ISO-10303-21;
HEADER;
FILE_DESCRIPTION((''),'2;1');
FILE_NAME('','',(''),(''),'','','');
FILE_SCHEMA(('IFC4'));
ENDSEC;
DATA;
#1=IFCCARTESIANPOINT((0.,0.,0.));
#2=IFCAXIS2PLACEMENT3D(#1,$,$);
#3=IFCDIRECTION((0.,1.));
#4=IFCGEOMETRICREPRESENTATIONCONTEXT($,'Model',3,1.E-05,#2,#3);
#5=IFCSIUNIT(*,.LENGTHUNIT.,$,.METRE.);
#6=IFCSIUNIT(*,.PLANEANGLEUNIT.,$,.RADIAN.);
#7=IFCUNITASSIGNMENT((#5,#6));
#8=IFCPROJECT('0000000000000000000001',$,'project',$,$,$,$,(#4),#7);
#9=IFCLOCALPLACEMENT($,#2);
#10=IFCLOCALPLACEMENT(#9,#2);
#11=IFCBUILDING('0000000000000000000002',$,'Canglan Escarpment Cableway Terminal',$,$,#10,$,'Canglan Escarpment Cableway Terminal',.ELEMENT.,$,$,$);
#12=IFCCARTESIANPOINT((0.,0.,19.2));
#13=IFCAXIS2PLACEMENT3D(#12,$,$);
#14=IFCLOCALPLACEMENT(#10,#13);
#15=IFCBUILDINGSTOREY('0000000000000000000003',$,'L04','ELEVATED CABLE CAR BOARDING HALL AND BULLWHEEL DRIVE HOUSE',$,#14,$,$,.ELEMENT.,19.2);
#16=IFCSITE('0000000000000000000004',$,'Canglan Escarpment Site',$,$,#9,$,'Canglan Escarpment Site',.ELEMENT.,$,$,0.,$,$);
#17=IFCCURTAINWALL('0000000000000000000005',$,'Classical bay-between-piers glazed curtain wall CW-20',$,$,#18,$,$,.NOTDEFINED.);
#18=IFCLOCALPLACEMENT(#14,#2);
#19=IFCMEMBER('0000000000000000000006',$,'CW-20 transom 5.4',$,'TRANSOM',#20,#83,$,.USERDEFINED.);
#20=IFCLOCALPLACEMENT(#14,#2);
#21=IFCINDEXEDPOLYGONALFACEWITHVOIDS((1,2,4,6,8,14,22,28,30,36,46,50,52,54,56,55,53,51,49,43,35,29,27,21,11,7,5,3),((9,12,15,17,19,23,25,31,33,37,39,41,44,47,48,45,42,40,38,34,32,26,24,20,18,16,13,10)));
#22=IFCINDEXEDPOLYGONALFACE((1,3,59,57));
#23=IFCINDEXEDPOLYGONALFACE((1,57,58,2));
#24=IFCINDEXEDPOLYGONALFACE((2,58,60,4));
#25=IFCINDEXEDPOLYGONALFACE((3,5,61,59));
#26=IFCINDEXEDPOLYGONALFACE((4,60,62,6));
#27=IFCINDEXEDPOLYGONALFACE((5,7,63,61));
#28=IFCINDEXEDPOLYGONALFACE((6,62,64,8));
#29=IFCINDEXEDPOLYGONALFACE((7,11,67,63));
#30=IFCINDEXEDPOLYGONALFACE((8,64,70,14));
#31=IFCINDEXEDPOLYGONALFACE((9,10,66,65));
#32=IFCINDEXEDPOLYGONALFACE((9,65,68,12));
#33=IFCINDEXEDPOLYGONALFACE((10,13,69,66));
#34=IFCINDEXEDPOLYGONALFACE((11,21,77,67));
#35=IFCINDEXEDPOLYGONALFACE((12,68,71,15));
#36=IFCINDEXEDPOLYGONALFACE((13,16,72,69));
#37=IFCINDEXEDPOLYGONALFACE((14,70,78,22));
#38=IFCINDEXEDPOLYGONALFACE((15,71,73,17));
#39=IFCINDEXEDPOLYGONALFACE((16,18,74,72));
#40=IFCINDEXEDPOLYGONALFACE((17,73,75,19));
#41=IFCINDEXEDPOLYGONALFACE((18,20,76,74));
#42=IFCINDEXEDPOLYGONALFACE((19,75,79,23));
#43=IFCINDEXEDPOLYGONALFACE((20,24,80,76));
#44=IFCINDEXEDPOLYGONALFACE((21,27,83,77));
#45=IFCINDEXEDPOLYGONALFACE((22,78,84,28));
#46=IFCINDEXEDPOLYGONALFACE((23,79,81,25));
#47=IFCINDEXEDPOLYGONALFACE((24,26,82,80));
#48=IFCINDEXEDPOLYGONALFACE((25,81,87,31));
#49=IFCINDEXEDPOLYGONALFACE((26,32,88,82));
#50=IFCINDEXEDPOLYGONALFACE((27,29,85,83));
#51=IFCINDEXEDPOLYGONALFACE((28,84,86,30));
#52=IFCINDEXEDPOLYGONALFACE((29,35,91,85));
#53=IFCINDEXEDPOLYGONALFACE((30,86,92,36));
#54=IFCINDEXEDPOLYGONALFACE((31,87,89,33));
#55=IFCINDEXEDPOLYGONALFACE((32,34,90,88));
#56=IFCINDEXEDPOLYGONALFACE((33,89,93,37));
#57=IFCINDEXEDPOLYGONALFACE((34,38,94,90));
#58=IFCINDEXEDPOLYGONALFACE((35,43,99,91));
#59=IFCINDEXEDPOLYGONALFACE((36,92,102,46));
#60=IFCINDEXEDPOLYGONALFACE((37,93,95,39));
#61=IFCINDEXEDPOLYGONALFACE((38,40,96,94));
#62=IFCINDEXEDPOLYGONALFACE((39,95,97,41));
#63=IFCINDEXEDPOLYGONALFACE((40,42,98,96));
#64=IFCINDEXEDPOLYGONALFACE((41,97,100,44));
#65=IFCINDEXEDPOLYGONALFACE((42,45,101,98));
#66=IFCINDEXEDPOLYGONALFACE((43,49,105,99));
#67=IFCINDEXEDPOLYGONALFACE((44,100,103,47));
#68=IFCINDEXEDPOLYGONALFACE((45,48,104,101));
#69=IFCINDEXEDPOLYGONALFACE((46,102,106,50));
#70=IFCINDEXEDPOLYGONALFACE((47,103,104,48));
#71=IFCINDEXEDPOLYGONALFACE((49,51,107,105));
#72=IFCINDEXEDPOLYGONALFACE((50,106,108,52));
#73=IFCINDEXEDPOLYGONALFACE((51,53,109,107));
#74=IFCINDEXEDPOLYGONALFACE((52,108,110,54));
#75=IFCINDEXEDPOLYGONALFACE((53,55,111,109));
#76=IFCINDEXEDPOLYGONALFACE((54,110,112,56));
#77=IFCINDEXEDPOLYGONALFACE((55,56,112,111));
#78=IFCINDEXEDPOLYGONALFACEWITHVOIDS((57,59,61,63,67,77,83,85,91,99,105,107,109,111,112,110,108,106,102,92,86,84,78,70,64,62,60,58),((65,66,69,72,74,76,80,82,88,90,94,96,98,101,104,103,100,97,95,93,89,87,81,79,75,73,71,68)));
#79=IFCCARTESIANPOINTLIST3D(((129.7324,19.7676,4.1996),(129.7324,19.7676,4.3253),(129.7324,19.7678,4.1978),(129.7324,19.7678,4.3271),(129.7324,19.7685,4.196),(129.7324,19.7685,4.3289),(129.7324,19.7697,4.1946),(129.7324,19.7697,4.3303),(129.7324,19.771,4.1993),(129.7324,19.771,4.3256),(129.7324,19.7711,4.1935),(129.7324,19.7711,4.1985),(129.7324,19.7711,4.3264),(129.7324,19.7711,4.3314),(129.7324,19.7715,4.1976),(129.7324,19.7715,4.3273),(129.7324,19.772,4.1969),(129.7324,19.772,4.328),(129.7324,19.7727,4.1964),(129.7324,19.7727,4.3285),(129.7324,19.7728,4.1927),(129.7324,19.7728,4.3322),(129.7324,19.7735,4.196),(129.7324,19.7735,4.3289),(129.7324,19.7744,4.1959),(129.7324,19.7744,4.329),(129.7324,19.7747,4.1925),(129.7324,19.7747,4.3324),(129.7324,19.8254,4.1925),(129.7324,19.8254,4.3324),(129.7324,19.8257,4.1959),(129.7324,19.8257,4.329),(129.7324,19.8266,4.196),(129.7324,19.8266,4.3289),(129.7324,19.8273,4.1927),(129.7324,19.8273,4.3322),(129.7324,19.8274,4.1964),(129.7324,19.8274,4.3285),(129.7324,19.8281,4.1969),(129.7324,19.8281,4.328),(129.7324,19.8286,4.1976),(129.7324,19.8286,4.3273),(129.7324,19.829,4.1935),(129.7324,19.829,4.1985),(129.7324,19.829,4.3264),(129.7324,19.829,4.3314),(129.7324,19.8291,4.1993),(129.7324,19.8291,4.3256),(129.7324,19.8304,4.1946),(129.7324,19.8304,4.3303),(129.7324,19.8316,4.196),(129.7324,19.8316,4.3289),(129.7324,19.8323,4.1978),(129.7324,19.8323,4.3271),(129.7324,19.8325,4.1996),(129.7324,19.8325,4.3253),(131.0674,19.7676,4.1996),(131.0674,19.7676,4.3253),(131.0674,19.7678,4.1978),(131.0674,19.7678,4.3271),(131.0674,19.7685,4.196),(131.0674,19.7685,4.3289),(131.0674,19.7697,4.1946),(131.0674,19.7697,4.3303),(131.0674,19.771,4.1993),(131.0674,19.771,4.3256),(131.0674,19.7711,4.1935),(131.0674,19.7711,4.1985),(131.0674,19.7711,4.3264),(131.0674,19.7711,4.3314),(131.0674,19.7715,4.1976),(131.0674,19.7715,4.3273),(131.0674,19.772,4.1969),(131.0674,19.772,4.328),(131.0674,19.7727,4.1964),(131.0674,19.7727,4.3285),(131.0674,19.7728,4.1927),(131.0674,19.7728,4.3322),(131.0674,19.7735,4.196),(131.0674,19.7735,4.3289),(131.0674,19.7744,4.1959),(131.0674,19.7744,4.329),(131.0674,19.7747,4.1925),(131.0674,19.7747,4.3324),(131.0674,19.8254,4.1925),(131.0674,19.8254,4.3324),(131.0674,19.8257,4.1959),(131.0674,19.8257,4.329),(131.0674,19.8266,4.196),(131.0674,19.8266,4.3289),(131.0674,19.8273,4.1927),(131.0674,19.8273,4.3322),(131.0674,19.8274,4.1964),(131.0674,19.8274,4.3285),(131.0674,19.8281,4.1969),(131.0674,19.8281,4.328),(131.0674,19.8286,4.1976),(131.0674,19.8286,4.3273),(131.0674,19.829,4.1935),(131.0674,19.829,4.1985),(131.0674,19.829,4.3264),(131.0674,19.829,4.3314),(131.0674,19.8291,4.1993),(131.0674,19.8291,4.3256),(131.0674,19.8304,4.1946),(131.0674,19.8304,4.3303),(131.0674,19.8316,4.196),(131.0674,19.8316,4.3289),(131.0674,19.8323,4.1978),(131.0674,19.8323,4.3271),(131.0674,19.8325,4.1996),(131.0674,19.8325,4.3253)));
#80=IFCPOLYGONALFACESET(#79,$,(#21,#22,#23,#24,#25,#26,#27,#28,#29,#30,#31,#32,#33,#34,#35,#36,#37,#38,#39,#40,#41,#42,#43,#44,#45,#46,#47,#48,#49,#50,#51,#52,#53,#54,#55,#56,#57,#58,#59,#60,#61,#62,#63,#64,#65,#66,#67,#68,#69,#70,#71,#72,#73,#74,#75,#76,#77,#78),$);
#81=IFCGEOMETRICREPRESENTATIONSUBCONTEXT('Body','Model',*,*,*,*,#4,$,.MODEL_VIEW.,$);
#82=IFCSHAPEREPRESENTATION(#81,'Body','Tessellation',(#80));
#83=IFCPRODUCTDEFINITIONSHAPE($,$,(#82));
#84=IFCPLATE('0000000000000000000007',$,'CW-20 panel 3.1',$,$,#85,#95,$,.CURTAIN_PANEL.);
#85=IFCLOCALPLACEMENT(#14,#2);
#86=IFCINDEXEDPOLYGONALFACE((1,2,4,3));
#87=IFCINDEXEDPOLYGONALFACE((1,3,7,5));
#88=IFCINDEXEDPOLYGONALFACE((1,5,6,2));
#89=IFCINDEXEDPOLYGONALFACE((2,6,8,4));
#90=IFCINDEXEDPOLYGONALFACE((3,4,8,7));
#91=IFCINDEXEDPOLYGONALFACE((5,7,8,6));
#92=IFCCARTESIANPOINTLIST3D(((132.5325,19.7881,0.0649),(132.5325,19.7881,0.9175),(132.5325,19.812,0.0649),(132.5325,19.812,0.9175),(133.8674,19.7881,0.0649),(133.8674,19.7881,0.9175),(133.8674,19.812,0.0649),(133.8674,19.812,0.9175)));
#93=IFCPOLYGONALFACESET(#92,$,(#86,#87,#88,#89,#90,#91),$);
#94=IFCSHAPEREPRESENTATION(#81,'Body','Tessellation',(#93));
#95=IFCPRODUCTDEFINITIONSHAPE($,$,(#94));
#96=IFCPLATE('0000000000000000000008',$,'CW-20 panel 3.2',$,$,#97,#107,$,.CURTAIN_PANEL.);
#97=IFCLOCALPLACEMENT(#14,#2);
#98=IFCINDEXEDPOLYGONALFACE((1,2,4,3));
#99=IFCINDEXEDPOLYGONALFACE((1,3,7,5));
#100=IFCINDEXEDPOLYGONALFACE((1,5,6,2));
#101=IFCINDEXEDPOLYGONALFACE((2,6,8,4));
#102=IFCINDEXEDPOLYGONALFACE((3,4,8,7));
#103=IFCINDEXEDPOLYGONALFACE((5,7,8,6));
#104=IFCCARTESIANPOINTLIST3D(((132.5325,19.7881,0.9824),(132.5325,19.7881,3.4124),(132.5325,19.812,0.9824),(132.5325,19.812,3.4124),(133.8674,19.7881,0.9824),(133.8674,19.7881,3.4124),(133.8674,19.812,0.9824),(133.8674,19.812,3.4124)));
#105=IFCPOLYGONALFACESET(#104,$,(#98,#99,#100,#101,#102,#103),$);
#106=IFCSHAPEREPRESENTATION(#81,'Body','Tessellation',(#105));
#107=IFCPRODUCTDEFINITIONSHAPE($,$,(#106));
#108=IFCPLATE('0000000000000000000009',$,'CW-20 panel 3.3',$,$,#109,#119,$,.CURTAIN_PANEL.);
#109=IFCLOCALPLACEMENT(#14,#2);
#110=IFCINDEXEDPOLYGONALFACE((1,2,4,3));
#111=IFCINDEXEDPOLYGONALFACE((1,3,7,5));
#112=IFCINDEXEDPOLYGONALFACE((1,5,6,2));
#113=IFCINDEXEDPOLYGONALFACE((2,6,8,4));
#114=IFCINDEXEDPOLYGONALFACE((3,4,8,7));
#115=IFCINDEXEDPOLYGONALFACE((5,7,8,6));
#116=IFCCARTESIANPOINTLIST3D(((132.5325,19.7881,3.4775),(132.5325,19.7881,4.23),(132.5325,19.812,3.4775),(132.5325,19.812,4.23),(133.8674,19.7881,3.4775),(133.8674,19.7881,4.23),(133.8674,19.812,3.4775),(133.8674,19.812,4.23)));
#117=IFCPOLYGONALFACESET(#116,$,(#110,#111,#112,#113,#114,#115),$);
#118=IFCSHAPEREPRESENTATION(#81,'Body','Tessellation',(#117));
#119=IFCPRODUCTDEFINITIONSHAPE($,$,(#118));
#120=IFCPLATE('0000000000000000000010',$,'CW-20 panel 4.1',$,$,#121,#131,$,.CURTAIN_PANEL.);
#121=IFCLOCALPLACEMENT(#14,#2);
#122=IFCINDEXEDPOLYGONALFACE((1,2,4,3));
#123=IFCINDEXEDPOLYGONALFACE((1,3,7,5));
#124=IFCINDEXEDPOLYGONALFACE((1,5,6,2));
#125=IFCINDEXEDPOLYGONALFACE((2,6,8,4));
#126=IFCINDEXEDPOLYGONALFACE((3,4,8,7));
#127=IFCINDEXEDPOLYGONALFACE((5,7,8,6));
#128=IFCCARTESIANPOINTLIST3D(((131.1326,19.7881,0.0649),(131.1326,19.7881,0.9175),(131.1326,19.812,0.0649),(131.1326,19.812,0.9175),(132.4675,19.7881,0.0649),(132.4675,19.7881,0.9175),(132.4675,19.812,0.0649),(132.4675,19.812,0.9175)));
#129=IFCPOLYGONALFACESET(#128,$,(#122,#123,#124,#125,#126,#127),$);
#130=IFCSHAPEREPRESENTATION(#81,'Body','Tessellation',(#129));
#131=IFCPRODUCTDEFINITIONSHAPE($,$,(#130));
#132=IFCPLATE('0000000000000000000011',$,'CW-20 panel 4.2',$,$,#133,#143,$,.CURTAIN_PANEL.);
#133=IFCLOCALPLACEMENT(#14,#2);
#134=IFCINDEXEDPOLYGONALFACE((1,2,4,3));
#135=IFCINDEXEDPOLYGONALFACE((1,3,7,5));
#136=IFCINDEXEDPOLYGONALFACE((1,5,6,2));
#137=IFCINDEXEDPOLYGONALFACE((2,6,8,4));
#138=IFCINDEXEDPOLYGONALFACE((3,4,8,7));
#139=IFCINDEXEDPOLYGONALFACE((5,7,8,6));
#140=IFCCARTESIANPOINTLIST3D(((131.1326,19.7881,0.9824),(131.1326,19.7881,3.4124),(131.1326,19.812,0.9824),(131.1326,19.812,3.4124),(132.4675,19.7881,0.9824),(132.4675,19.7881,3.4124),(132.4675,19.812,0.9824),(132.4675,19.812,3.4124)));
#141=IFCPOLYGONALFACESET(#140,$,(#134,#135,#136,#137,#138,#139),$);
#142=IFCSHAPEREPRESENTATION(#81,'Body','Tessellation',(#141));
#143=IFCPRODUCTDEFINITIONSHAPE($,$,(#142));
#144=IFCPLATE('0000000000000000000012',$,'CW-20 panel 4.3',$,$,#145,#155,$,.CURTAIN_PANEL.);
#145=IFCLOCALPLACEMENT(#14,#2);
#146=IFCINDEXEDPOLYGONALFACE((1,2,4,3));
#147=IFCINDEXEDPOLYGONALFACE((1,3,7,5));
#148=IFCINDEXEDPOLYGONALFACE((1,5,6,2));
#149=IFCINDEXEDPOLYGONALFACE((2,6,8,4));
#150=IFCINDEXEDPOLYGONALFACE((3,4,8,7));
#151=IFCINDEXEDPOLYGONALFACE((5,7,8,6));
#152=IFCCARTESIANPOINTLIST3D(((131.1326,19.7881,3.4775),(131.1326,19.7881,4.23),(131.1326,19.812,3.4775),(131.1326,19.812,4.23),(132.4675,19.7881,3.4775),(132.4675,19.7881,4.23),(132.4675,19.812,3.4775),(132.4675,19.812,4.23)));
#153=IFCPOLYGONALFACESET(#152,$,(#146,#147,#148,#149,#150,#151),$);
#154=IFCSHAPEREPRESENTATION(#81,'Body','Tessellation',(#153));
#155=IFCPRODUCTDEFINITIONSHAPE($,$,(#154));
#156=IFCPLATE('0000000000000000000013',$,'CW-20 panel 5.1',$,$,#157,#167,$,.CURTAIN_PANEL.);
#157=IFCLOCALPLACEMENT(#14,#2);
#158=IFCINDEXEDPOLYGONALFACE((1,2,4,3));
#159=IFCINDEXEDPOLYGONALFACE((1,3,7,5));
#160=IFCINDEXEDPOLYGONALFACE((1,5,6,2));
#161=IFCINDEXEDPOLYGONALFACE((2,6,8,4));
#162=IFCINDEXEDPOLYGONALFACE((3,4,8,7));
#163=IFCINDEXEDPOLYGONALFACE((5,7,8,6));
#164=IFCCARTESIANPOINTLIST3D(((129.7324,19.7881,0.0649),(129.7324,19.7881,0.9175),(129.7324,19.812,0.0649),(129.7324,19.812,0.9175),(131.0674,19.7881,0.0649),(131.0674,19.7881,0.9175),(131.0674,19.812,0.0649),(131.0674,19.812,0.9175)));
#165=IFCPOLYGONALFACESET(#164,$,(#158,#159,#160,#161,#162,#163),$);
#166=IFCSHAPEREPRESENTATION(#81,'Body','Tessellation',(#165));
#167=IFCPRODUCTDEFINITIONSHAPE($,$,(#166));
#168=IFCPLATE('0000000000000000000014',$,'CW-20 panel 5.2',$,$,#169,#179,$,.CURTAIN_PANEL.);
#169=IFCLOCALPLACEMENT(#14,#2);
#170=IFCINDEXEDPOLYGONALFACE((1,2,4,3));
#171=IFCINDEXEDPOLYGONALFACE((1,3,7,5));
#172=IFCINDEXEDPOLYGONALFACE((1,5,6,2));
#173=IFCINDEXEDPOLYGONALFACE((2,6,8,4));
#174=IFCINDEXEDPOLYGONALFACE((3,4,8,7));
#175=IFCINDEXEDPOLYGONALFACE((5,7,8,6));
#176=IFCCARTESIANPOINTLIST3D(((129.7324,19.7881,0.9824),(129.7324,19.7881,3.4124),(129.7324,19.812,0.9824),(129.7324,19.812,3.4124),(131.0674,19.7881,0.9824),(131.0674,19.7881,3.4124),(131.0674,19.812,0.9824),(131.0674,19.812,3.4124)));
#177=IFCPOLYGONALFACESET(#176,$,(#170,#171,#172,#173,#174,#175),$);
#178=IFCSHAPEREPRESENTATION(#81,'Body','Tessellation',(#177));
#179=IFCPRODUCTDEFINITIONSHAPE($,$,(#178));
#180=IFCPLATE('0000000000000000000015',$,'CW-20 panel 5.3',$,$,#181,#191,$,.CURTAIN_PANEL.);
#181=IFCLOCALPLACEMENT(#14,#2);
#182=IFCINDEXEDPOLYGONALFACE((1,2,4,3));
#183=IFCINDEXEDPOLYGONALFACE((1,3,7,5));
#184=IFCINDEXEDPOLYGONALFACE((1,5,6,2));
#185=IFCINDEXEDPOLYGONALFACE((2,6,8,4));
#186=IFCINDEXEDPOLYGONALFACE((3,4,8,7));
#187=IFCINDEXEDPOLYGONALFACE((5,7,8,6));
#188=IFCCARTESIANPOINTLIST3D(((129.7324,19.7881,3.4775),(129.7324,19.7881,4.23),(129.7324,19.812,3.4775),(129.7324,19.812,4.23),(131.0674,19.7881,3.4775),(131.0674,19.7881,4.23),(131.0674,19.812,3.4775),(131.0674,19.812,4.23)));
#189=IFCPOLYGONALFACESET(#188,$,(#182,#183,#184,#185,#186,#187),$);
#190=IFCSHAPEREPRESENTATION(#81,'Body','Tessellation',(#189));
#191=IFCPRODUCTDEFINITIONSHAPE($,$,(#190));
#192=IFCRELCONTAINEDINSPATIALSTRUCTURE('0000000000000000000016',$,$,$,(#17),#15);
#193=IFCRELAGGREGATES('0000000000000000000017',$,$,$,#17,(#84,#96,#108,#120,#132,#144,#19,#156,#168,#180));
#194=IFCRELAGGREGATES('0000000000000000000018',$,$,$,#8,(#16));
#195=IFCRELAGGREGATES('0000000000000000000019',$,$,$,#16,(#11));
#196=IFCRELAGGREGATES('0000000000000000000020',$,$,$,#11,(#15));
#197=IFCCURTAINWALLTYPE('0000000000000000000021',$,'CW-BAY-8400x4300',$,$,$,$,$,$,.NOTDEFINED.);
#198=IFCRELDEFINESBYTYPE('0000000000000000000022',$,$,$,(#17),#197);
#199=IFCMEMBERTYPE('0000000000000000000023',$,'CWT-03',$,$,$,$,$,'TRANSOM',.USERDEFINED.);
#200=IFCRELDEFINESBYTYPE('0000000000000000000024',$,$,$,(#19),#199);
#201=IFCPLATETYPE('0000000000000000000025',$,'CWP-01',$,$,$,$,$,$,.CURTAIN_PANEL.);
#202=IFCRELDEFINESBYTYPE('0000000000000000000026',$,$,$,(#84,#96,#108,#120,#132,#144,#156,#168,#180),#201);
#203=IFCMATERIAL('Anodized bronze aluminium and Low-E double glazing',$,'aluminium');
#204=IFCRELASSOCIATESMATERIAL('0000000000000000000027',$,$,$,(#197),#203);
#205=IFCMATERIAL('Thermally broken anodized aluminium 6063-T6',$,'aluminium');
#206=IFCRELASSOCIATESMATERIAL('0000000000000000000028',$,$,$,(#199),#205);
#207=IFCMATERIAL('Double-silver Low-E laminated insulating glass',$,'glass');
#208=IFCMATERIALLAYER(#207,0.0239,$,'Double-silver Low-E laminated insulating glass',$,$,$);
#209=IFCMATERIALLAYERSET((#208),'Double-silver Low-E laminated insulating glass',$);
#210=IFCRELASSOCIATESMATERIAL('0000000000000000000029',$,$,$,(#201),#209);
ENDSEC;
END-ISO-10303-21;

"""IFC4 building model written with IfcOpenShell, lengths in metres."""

from ifc_helpers import new_model, si_unit, direction, frame, origin, origin_2d, place, context, subcontext, project, spatial, rectangle, hollow_rectangle, extrude, material, layer, layer_set, material_profile, profile_set, type_object, element, aggregate, save


model = new_model("IFC4")

# Units and contexts
model_context = context("Model", 3, precision=1e-05, world=origin(), true_north=direction((0.0, 1.0)))
body_context = subcontext(model_context, "Body", "Model", "MODEL_VIEW")
ifc_project = project(units=[si_unit("LENGTHUNIT", "METRE"), si_unit("PLANEANGLEUNIT", "RADIAN")], contexts=[model_context])

# Site, building, storey
site_placement = place(None, origin())
site = spatial("IfcSite", under=ifc_project, at=site_placement, Name="Canglan Escarpment Site", LongName="Canglan Escarpment Site", CompositionType="ELEMENT", RefElevation=0.0)
building_placement = place(site_placement, origin())
building = spatial("IfcBuilding", under=site, at=building_placement, Name="Canglan Escarpment Cableway Terminal", LongName="Canglan Escarpment Cableway Terminal", CompositionType="ELEMENT")
storey_placement = place(building_placement, frame((0.0, 0.0, 19.2)))
storey = spatial("IfcBuildingStorey", under=building, at=storey_placement, Name="L04", Description="ELEVATED CABLE CAR BOARDING HALL AND BULLWHEEL DRIVE HOUSE", CompositionType="ELEMENT", Elevation=19.2)

# Curtain wall, member, plates
ifc_material_1 = material(Name="Anodized bronze aluminium and Low-E double glazing", Category="aluminium")
curtain_wall_type = type_object("IfcCurtainWallType", Name="CW-BAY-8400x4300", PredefinedType="NOTDEFINED", material=ifc_material_1)
curtain_wall_placement = place(storey_placement, origin())
curtain_wall = element("IfcCurtainWall", 1, at=curtain_wall_placement, inside=storey, type_object=curtain_wall_type, Name="Classical bay-between-piers glazed curtain wall CW-20", PredefinedType="NOTDEFINED")
ifc_material_2 = material(Name="Thermally broken anodized aluminium 6063-T6", Category="aluminium")
ifc_material_profile_1 = material_profile(ifc_material_2, hollow_rectangle(XDim=0.0649, YDim=0.1399, WallThickness=0.0034, InnerFilletRadius=0.0034, OuterFilletRadius=0.0071, at=origin_2d()), Name="ALU-TRAN 65x140x3.5")
ifc_profile_set_1 = profile_set([ifc_material_profile_1], Name="Thermally broken anodized aluminium 6063-T6")
member_type_1 = type_object("IfcMemberType", Name="CWT-03", ElementType="TRANSOM", PredefinedType="USERDEFINED", material=ifc_profile_set_1)
member_1_placement = place(storey_placement, frame((131.0674, 19.8, 4.2625), z_axis=(-1.0, 0.0, 0.0), x_axis=(0.0, -1.0, 0.0)))
member_1 = element("IfcMember", 2, at=member_1_placement, type_object=member_type_1, Name="CW-20 transom 5.4", ObjectType="TRANSOM", PredefinedType="USERDEFINED", context=body_context, shape_type="SweptSolid", body=[
    extrude(hollow_rectangle(XDim=0.0649, YDim=0.1399, WallThickness=0.0034, InnerFilletRadius=0.0034, OuterFilletRadius=0.0071, at=origin_2d()), origin(), (0.0, 0.0, 1.0), 1.335),
])
ifc_material_3 = material(Name="Double-silver Low-E laminated insulating glass", Category="glass")
ifc_layer_1 = layer(ifc_material_3, 0.0239, Name="Double-silver Low-E laminated insulating glass")
ifc_layer_set_1 = layer_set([ifc_layer_1], Name="Double-silver Low-E laminated insulating glass")
plate_type = type_object("IfcPlateType", Name="CWP-01", PredefinedType="CURTAIN_PANEL", material=ifc_layer_set_1)
plate_1_placement = place(storey_placement, frame((133.2, 19.8, 0.0649), z_axis=(0.0, 0.0, 1.0), x_axis=(-1.0, 0.0, 0.0)))
plate_1 = element("IfcPlate", 3, at=plate_1_placement, type_object=plate_type, Name="CW-20 panel 3.1", PredefinedType="CURTAIN_PANEL", context=body_context, shape_type="SweptSolid", body=[
    extrude(rectangle(XDim=1.335, YDim=0.0239, at=origin_2d()), origin(), (0.0, 0.0, 1.0), 0.8525),
])
plate_2_placement = place(storey_placement, frame((133.2, 19.8, 0.9824), z_axis=(0.0, 0.0, 1.0), x_axis=(-1.0, 0.0, 0.0)))
plate_2 = element("IfcPlate", 4, at=plate_2_placement, type_object=plate_type, Name="CW-20 panel 3.2", PredefinedType="CURTAIN_PANEL", context=body_context, shape_type="SweptSolid", body=[
    extrude(rectangle(XDim=1.335, YDim=0.0239, at=origin_2d()), origin(), (0.0, 0.0, 1.0), 2.4299),
])
plate_3_placement = place(storey_placement, frame((133.2, 19.8, 3.4775), z_axis=(0.0, 0.0, 1.0), x_axis=(-1.0, 0.0, 0.0)))
plate_3 = element("IfcPlate", 5, at=plate_3_placement, type_object=plate_type, Name="CW-20 panel 3.3", PredefinedType="CURTAIN_PANEL", context=body_context, shape_type="SweptSolid", body=[
    extrude(rectangle(XDim=1.335, YDim=0.0239, at=origin_2d()), origin(), (0.0, 0.0, 1.0), 0.7524),
])
plate_4_placement = place(storey_placement, frame((131.8, 19.8, 0.0649), z_axis=(0.0, 0.0, 1.0), x_axis=(-1.0, 0.0, 0.0)))
plate_4 = element("IfcPlate", 6, at=plate_4_placement, type_object=plate_type, Name="CW-20 panel 4.1", PredefinedType="CURTAIN_PANEL", context=body_context, shape_type="SweptSolid", body=[
    extrude(rectangle(XDim=1.335, YDim=0.0239, at=origin_2d()), origin(), (0.0, 0.0, 1.0), 0.8525),
])
plate_5_placement = place(storey_placement, frame((131.8, 19.8, 0.9824), z_axis=(0.0, 0.0, 1.0), x_axis=(-1.0, 0.0, 0.0)))
plate_5 = element("IfcPlate", 7, at=plate_5_placement, type_object=plate_type, Name="CW-20 panel 4.2", PredefinedType="CURTAIN_PANEL", context=body_context, shape_type="SweptSolid", body=[
    extrude(rectangle(XDim=1.335, YDim=0.0239, at=origin_2d()), origin(), (0.0, 0.0, 1.0), 2.4299),
])
plate_6_placement = place(storey_placement, frame((131.8, 19.8, 3.4775), z_axis=(0.0, 0.0, 1.0), x_axis=(-1.0, 0.0, 0.0)))
plate_6 = element("IfcPlate", 8, at=plate_6_placement, type_object=plate_type, Name="CW-20 panel 4.3", PredefinedType="CURTAIN_PANEL", context=body_context, shape_type="SweptSolid", body=[
    extrude(rectangle(XDim=1.335, YDim=0.0239, at=origin_2d()), origin(), (0.0, 0.0, 1.0), 0.7524),
])
plate_7_placement = place(storey_placement, frame((130.3999, 19.8, 0.0649), z_axis=(0.0, 0.0, 1.0), x_axis=(-1.0, 0.0, 0.0)))
plate_7 = element("IfcPlate", 9, at=plate_7_placement, type_object=plate_type, Name="CW-20 panel 5.1", PredefinedType="CURTAIN_PANEL", context=body_context, shape_type="SweptSolid", body=[
    extrude(rectangle(XDim=1.335, YDim=0.0239, at=origin_2d()), origin(), (0.0, 0.0, 1.0), 0.8525),
])
plate_8_placement = place(storey_placement, frame((130.3999, 19.8, 0.9824), z_axis=(0.0, 0.0, 1.0), x_axis=(-1.0, 0.0, 0.0)))
plate_8 = element("IfcPlate", 10, at=plate_8_placement, type_object=plate_type, Name="CW-20 panel 5.2", PredefinedType="CURTAIN_PANEL", context=body_context, shape_type="SweptSolid", body=[
    extrude(rectangle(XDim=1.335, YDim=0.0239, at=origin_2d()), origin(), (0.0, 0.0, 1.0), 2.4299),
])
plate_9_placement = place(storey_placement, frame((130.3999, 19.8, 3.4775), z_axis=(0.0, 0.0, 1.0), x_axis=(-1.0, 0.0, 0.0)))
plate_9 = element("IfcPlate", 11, at=plate_9_placement, type_object=plate_type, Name="CW-20 panel 5.3", PredefinedType="CURTAIN_PANEL", context=body_context, shape_type="SweptSolid", body=[
    extrude(rectangle(XDim=1.335, YDim=0.0239, at=origin_2d()), origin(), (0.0, 0.0, 1.0), 0.7524),
])
aggregate(curtain_wall, [plate_1, plate_2, plate_3, plate_4, plate_5, plate_6, member_1, plate_7, plate_8, plate_9])

save(model, "model.ifc")
